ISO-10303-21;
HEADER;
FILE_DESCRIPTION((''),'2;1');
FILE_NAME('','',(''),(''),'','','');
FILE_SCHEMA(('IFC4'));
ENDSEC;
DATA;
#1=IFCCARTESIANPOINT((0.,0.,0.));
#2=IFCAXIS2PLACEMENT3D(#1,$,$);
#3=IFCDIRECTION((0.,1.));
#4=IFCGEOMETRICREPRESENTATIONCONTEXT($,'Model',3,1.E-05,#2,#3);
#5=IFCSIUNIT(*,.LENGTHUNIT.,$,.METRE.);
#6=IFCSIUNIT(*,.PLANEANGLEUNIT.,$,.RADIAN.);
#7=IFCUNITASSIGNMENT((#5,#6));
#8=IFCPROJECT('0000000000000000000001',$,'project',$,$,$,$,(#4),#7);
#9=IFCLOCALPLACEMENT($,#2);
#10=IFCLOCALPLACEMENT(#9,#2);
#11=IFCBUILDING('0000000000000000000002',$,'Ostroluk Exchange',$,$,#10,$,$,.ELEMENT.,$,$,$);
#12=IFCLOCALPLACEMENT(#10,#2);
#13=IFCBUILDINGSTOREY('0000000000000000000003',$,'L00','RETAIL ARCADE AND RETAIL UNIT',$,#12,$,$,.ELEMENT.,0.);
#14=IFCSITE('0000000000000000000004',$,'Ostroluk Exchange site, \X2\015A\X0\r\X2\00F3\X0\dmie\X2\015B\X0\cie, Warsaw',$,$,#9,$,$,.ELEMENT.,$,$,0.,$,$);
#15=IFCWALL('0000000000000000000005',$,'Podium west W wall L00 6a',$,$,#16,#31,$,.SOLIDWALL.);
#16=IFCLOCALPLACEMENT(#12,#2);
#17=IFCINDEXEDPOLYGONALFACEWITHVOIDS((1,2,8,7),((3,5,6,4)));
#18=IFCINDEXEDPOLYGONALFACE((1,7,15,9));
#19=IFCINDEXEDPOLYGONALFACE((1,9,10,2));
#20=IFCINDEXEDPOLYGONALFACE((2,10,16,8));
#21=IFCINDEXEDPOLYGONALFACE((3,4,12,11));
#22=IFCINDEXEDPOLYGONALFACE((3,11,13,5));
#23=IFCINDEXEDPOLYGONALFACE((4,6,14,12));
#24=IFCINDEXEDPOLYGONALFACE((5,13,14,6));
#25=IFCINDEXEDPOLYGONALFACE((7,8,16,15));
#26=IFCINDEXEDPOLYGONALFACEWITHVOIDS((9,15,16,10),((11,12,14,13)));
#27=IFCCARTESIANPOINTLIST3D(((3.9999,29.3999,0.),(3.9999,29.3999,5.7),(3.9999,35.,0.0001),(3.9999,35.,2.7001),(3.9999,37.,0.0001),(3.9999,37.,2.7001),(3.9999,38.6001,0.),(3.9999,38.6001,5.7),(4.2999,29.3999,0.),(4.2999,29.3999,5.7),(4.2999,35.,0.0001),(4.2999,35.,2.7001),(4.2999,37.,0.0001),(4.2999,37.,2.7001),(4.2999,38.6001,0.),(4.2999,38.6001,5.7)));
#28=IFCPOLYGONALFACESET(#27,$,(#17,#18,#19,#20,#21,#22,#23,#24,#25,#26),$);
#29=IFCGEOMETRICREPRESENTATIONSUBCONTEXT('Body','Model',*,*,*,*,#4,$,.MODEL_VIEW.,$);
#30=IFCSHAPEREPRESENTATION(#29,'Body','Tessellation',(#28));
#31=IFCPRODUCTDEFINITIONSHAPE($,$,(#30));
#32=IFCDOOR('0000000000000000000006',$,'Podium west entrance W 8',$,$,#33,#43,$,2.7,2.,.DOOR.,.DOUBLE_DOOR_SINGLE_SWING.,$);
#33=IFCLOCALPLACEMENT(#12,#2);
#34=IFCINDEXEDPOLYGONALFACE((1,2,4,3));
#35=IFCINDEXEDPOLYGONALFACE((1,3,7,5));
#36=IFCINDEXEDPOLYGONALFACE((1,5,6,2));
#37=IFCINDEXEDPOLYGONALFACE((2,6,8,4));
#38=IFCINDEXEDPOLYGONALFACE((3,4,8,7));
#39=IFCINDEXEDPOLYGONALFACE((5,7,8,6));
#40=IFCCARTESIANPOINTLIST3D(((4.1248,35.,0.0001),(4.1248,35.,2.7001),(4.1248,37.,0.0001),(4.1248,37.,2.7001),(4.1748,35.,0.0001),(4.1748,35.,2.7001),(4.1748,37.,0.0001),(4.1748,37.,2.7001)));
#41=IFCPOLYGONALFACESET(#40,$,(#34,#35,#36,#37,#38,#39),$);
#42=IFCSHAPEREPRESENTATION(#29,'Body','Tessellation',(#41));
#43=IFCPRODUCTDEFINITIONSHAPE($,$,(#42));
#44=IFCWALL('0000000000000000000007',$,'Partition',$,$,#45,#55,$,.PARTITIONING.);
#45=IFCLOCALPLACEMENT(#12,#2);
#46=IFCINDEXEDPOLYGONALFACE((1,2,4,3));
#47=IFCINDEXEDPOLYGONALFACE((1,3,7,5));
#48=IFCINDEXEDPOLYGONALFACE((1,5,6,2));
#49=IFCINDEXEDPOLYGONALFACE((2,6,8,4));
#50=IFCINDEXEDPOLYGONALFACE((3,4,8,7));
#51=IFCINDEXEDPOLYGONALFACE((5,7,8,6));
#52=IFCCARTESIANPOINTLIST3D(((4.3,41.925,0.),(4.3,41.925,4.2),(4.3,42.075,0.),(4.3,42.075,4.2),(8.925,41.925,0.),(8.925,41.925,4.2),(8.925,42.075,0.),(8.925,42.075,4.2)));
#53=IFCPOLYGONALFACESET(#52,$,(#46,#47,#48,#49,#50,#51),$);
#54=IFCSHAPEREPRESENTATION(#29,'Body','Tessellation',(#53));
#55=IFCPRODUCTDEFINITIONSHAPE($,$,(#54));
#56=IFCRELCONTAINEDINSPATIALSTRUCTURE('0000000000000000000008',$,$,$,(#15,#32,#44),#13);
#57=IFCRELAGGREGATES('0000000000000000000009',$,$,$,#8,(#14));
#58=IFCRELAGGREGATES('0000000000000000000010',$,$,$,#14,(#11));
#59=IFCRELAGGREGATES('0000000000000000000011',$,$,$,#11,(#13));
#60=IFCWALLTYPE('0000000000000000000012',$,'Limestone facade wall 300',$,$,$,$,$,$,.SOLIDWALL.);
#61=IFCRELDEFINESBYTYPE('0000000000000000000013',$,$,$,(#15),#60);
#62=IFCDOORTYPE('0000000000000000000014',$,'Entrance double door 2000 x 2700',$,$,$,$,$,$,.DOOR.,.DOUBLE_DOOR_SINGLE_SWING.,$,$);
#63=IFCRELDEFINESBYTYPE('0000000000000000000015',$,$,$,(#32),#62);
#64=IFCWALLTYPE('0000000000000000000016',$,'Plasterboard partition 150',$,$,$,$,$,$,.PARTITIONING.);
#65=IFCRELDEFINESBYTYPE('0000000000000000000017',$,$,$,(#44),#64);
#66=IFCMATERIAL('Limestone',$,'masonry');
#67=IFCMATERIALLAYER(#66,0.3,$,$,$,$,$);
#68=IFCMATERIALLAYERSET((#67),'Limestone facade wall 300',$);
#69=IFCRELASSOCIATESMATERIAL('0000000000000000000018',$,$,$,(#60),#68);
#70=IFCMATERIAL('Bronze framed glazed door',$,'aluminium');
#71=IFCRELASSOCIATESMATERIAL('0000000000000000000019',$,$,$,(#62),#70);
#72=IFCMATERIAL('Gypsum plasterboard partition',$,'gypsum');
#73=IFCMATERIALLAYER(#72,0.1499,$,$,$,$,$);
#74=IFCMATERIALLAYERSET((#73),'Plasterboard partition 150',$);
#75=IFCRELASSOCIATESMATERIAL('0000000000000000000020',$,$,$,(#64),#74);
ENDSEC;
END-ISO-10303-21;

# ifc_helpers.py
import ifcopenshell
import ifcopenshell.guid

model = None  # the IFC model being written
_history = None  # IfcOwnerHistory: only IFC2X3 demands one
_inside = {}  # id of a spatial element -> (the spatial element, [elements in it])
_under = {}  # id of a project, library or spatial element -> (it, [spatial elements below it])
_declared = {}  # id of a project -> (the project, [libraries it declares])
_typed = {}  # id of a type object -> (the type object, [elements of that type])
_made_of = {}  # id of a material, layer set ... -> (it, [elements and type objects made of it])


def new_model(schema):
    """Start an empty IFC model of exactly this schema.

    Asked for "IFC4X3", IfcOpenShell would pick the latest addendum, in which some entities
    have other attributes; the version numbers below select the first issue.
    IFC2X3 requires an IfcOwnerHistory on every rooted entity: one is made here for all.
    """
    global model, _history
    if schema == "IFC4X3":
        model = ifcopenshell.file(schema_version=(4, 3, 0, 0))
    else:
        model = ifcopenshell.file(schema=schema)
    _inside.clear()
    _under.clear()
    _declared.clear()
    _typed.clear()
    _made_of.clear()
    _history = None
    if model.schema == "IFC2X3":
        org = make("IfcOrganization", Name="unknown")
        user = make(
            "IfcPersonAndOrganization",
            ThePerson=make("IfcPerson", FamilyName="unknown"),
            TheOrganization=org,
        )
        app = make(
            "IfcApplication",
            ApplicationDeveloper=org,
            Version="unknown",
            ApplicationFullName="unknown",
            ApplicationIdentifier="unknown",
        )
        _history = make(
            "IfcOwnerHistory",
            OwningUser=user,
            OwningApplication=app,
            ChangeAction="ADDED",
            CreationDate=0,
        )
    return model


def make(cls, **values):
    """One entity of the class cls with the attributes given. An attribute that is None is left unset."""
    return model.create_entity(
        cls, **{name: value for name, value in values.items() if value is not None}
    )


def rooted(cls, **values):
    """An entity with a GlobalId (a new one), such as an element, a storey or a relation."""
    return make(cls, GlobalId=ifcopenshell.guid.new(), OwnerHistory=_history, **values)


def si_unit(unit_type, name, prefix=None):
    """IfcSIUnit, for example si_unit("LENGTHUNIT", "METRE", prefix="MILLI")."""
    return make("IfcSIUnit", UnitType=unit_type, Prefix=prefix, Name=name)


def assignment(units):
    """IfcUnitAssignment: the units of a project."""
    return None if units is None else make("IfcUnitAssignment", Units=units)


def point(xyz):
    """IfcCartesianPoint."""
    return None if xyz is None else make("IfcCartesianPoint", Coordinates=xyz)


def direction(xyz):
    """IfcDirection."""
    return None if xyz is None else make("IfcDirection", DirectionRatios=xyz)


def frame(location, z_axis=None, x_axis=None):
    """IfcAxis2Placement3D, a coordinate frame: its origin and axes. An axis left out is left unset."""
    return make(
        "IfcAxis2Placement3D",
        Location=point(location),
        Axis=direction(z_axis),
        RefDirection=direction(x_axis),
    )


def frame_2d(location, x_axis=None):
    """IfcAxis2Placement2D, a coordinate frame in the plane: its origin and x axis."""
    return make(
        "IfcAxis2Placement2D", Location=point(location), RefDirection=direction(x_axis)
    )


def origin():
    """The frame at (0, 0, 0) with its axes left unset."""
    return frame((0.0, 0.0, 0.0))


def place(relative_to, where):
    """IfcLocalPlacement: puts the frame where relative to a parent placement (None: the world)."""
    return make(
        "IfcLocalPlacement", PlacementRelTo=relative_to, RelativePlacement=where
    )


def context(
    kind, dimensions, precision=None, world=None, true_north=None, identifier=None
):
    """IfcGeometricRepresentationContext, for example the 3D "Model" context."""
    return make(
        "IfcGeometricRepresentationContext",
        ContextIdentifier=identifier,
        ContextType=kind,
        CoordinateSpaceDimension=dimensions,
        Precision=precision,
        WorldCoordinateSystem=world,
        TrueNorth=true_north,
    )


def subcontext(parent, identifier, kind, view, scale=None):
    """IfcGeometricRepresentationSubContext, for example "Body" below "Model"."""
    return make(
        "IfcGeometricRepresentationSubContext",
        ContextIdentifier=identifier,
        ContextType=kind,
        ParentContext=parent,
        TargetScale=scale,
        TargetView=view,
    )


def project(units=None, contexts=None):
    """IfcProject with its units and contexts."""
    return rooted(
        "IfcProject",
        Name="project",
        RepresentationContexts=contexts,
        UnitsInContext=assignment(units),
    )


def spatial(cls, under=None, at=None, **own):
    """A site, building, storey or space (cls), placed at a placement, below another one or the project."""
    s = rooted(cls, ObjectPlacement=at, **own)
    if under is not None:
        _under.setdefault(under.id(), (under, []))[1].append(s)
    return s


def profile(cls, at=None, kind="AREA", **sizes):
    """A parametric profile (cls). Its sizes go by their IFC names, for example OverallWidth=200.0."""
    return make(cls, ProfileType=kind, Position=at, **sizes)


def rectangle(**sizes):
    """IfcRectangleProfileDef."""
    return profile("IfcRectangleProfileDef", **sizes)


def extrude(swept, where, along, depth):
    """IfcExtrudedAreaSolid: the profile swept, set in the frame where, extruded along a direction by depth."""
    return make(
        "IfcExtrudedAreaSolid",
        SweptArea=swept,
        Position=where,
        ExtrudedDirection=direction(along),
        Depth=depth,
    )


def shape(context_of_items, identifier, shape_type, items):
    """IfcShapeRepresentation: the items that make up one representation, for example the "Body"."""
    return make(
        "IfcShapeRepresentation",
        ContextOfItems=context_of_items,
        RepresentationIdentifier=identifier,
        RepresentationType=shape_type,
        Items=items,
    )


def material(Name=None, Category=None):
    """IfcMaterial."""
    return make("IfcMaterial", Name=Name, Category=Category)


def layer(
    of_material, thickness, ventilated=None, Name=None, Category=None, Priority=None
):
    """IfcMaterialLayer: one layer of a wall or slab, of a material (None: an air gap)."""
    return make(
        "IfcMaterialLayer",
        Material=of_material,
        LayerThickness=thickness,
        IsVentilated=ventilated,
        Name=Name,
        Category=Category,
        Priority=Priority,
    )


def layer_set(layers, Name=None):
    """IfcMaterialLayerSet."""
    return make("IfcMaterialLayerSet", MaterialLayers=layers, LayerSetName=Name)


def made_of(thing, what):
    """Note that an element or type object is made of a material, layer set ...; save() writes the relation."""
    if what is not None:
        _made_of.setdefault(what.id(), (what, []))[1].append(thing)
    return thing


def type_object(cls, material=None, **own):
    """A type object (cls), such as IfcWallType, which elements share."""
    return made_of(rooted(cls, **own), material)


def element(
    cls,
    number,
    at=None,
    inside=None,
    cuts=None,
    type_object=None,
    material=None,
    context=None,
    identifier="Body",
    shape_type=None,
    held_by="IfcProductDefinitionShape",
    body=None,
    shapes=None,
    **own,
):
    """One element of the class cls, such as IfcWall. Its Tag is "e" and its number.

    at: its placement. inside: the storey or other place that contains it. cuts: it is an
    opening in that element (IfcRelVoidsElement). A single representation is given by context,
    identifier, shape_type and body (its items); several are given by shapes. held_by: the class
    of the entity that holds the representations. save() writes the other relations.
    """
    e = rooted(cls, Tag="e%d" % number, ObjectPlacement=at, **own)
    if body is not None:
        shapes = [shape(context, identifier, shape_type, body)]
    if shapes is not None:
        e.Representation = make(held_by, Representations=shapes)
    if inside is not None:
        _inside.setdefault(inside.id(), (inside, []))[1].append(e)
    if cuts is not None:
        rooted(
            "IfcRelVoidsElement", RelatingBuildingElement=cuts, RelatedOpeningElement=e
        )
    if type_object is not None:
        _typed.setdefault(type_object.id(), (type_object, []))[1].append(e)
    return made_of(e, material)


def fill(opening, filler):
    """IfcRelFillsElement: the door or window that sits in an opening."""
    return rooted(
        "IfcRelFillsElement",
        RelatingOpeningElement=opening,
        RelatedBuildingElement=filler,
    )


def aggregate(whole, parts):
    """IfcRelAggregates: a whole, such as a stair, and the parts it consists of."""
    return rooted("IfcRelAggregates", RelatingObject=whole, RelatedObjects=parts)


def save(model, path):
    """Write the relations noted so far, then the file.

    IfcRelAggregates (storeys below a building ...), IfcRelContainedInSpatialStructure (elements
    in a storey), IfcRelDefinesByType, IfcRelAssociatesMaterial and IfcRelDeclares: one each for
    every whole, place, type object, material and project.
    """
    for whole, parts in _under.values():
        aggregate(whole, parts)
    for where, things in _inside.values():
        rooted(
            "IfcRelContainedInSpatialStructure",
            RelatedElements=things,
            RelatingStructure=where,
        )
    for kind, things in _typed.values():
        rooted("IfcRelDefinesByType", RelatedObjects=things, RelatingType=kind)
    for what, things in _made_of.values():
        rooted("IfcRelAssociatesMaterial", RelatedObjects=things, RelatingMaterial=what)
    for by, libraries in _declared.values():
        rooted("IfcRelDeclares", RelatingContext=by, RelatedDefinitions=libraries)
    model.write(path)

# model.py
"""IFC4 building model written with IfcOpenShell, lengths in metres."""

from ifc_helpers import new_model, si_unit, direction, frame, frame_2d, origin, place, context, subcontext, project, spatial, rectangle, extrude, material, layer, layer_set, type_object, element, fill, save


model = new_model("IFC4")

# Units and contexts
model_context = context("Model", 3, precision=1e-05, world=origin(), true_north=direction((0.0, 1.0)))
body_context = subcontext(model_context, "Body", "Model", "MODEL_VIEW")
ifc_project = project(units=[si_unit("LENGTHUNIT", "METRE"), si_unit("PLANEANGLEUNIT", "RADIAN")], contexts=[model_context])

# Site, building, storey
site_placement = place(None, origin())
site = spatial("IfcSite", under=ifc_project, at=site_placement, Name="Ostroluk Exchange site, Śródmieście, Warsaw", CompositionType="ELEMENT", RefElevation=0.0)
building_placement = place(site_placement, origin())
building = spatial("IfcBuilding", under=site, at=building_placement, Name="Ostroluk Exchange", CompositionType="ELEMENT")
storey_placement = place(building_placement, origin())
storey = spatial("IfcBuildingStorey", under=building, at=storey_placement, Name="L00", Description="RETAIL ARCADE AND RETAIL UNIT", CompositionType="ELEMENT", Elevation=0.0)

# Wall, opening, door
ifc_material_1 = material(Name="Limestone", Category="masonry")
ifc_layer_1 = layer(ifc_material_1, 0.3)
ifc_layer_set_1 = layer_set([ifc_layer_1], Name="Limestone facade wall 300")
wall_type_1 = type_object("IfcWallType", Name="Limestone facade wall 300", PredefinedType="SOLIDWALL", material=ifc_layer_set_1)
wall_1_placement = place(storey_placement, frame((4.1499, 38.6001, 0.0), z_axis=(0.0, 0.0, 1.0), x_axis=(0.0, -1.0, 0.0)))
wall_1 = element("IfcWall", 1, at=wall_1_placement, inside=storey, type_object=wall_type_1, Name="Podium west W wall L00 6a", PredefinedType="SOLIDWALL", context=body_context, shape_type="SweptSolid", body=[
    extrude(rectangle(XDim=9.2002, YDim=0.3, at=frame_2d((4.6001, 0.0))), origin(), (0.0, 0.0, 1.0), 5.7),
])
opening_placement = place(wall_1_placement, frame((1.6001, 0.0, 0.0)))
opening = element("IfcOpeningElement", 2, at=opening_placement, cuts=wall_1, PredefinedType="OPENING", context=body_context, shape_type="SweptSolid", body=[
    extrude(rectangle(XDim=2.0, YDim=2.7, at=frame_2d((1.0, 1.3501))), frame((0.0, 0.1599, 0.0), z_axis=(0.0, -1.0, 0.0), x_axis=(1.0, 0.0, 0.0)), (0.0, 0.0, 1.0), 0.3201),
])
ifc_material_2 = material(Name="Bronze framed glazed door", Category="aluminium")
door_type = type_object("IfcDoorType", Name="Entrance double door 2000 x 2700", OperationType="DOUBLE_DOOR_SINGLE_SWING", PredefinedType="DOOR", material=ifc_material_2)
door_placement = place(opening_placement, origin())
door = element("IfcDoor", 3, at=door_placement, inside=storey, type_object=door_type, Name="Podium west entrance W 8", OperationType="DOUBLE_DOOR_SINGLE_SWING", OverallHeight=2.7, OverallWidth=2.0, PredefinedType="DOOR", context=body_context, shape_type="SweptSolid", body=[
    extrude(rectangle(XDim=2.0, YDim=2.7, at=frame_2d((1.0, 1.3501))), frame((0.0, 0.0249, 0.0), z_axis=(0.0, -1.0, 0.0), x_axis=(1.0, 0.0, 0.0)), (0.0, 0.0, 1.0), 0.05),
])
fill(opening, door)

# Wall
ifc_material_3 = material(Name="Gypsum plasterboard partition", Category="gypsum")
ifc_layer_2 = layer(ifc_material_3, 0.1499)
ifc_layer_set_2 = layer_set([ifc_layer_2], Name="Plasterboard partition 150")
wall_type_2 = type_object("IfcWallType", Name="Plasterboard partition 150", PredefinedType="PARTITIONING", material=ifc_layer_set_2)
wall_2_placement = place(storey_placement, frame((8.925, 42.0, 0.0), z_axis=(0.0, 0.0, 1.0), x_axis=(-1.0, 0.0, 0.0)))
element("IfcWall", 4, at=wall_2_placement, inside=storey, type_object=wall_type_2, Name="Partition", PredefinedType="PARTITIONING", context=body_context, shape_type="SweptSolid", body=[
    extrude(rectangle(XDim=4.625, YDim=0.1499, at=frame_2d((2.3125, 0.0))), origin(), (0.0, 0.0, 1.0), 4.2),
])

save(model, "model.ifc")
